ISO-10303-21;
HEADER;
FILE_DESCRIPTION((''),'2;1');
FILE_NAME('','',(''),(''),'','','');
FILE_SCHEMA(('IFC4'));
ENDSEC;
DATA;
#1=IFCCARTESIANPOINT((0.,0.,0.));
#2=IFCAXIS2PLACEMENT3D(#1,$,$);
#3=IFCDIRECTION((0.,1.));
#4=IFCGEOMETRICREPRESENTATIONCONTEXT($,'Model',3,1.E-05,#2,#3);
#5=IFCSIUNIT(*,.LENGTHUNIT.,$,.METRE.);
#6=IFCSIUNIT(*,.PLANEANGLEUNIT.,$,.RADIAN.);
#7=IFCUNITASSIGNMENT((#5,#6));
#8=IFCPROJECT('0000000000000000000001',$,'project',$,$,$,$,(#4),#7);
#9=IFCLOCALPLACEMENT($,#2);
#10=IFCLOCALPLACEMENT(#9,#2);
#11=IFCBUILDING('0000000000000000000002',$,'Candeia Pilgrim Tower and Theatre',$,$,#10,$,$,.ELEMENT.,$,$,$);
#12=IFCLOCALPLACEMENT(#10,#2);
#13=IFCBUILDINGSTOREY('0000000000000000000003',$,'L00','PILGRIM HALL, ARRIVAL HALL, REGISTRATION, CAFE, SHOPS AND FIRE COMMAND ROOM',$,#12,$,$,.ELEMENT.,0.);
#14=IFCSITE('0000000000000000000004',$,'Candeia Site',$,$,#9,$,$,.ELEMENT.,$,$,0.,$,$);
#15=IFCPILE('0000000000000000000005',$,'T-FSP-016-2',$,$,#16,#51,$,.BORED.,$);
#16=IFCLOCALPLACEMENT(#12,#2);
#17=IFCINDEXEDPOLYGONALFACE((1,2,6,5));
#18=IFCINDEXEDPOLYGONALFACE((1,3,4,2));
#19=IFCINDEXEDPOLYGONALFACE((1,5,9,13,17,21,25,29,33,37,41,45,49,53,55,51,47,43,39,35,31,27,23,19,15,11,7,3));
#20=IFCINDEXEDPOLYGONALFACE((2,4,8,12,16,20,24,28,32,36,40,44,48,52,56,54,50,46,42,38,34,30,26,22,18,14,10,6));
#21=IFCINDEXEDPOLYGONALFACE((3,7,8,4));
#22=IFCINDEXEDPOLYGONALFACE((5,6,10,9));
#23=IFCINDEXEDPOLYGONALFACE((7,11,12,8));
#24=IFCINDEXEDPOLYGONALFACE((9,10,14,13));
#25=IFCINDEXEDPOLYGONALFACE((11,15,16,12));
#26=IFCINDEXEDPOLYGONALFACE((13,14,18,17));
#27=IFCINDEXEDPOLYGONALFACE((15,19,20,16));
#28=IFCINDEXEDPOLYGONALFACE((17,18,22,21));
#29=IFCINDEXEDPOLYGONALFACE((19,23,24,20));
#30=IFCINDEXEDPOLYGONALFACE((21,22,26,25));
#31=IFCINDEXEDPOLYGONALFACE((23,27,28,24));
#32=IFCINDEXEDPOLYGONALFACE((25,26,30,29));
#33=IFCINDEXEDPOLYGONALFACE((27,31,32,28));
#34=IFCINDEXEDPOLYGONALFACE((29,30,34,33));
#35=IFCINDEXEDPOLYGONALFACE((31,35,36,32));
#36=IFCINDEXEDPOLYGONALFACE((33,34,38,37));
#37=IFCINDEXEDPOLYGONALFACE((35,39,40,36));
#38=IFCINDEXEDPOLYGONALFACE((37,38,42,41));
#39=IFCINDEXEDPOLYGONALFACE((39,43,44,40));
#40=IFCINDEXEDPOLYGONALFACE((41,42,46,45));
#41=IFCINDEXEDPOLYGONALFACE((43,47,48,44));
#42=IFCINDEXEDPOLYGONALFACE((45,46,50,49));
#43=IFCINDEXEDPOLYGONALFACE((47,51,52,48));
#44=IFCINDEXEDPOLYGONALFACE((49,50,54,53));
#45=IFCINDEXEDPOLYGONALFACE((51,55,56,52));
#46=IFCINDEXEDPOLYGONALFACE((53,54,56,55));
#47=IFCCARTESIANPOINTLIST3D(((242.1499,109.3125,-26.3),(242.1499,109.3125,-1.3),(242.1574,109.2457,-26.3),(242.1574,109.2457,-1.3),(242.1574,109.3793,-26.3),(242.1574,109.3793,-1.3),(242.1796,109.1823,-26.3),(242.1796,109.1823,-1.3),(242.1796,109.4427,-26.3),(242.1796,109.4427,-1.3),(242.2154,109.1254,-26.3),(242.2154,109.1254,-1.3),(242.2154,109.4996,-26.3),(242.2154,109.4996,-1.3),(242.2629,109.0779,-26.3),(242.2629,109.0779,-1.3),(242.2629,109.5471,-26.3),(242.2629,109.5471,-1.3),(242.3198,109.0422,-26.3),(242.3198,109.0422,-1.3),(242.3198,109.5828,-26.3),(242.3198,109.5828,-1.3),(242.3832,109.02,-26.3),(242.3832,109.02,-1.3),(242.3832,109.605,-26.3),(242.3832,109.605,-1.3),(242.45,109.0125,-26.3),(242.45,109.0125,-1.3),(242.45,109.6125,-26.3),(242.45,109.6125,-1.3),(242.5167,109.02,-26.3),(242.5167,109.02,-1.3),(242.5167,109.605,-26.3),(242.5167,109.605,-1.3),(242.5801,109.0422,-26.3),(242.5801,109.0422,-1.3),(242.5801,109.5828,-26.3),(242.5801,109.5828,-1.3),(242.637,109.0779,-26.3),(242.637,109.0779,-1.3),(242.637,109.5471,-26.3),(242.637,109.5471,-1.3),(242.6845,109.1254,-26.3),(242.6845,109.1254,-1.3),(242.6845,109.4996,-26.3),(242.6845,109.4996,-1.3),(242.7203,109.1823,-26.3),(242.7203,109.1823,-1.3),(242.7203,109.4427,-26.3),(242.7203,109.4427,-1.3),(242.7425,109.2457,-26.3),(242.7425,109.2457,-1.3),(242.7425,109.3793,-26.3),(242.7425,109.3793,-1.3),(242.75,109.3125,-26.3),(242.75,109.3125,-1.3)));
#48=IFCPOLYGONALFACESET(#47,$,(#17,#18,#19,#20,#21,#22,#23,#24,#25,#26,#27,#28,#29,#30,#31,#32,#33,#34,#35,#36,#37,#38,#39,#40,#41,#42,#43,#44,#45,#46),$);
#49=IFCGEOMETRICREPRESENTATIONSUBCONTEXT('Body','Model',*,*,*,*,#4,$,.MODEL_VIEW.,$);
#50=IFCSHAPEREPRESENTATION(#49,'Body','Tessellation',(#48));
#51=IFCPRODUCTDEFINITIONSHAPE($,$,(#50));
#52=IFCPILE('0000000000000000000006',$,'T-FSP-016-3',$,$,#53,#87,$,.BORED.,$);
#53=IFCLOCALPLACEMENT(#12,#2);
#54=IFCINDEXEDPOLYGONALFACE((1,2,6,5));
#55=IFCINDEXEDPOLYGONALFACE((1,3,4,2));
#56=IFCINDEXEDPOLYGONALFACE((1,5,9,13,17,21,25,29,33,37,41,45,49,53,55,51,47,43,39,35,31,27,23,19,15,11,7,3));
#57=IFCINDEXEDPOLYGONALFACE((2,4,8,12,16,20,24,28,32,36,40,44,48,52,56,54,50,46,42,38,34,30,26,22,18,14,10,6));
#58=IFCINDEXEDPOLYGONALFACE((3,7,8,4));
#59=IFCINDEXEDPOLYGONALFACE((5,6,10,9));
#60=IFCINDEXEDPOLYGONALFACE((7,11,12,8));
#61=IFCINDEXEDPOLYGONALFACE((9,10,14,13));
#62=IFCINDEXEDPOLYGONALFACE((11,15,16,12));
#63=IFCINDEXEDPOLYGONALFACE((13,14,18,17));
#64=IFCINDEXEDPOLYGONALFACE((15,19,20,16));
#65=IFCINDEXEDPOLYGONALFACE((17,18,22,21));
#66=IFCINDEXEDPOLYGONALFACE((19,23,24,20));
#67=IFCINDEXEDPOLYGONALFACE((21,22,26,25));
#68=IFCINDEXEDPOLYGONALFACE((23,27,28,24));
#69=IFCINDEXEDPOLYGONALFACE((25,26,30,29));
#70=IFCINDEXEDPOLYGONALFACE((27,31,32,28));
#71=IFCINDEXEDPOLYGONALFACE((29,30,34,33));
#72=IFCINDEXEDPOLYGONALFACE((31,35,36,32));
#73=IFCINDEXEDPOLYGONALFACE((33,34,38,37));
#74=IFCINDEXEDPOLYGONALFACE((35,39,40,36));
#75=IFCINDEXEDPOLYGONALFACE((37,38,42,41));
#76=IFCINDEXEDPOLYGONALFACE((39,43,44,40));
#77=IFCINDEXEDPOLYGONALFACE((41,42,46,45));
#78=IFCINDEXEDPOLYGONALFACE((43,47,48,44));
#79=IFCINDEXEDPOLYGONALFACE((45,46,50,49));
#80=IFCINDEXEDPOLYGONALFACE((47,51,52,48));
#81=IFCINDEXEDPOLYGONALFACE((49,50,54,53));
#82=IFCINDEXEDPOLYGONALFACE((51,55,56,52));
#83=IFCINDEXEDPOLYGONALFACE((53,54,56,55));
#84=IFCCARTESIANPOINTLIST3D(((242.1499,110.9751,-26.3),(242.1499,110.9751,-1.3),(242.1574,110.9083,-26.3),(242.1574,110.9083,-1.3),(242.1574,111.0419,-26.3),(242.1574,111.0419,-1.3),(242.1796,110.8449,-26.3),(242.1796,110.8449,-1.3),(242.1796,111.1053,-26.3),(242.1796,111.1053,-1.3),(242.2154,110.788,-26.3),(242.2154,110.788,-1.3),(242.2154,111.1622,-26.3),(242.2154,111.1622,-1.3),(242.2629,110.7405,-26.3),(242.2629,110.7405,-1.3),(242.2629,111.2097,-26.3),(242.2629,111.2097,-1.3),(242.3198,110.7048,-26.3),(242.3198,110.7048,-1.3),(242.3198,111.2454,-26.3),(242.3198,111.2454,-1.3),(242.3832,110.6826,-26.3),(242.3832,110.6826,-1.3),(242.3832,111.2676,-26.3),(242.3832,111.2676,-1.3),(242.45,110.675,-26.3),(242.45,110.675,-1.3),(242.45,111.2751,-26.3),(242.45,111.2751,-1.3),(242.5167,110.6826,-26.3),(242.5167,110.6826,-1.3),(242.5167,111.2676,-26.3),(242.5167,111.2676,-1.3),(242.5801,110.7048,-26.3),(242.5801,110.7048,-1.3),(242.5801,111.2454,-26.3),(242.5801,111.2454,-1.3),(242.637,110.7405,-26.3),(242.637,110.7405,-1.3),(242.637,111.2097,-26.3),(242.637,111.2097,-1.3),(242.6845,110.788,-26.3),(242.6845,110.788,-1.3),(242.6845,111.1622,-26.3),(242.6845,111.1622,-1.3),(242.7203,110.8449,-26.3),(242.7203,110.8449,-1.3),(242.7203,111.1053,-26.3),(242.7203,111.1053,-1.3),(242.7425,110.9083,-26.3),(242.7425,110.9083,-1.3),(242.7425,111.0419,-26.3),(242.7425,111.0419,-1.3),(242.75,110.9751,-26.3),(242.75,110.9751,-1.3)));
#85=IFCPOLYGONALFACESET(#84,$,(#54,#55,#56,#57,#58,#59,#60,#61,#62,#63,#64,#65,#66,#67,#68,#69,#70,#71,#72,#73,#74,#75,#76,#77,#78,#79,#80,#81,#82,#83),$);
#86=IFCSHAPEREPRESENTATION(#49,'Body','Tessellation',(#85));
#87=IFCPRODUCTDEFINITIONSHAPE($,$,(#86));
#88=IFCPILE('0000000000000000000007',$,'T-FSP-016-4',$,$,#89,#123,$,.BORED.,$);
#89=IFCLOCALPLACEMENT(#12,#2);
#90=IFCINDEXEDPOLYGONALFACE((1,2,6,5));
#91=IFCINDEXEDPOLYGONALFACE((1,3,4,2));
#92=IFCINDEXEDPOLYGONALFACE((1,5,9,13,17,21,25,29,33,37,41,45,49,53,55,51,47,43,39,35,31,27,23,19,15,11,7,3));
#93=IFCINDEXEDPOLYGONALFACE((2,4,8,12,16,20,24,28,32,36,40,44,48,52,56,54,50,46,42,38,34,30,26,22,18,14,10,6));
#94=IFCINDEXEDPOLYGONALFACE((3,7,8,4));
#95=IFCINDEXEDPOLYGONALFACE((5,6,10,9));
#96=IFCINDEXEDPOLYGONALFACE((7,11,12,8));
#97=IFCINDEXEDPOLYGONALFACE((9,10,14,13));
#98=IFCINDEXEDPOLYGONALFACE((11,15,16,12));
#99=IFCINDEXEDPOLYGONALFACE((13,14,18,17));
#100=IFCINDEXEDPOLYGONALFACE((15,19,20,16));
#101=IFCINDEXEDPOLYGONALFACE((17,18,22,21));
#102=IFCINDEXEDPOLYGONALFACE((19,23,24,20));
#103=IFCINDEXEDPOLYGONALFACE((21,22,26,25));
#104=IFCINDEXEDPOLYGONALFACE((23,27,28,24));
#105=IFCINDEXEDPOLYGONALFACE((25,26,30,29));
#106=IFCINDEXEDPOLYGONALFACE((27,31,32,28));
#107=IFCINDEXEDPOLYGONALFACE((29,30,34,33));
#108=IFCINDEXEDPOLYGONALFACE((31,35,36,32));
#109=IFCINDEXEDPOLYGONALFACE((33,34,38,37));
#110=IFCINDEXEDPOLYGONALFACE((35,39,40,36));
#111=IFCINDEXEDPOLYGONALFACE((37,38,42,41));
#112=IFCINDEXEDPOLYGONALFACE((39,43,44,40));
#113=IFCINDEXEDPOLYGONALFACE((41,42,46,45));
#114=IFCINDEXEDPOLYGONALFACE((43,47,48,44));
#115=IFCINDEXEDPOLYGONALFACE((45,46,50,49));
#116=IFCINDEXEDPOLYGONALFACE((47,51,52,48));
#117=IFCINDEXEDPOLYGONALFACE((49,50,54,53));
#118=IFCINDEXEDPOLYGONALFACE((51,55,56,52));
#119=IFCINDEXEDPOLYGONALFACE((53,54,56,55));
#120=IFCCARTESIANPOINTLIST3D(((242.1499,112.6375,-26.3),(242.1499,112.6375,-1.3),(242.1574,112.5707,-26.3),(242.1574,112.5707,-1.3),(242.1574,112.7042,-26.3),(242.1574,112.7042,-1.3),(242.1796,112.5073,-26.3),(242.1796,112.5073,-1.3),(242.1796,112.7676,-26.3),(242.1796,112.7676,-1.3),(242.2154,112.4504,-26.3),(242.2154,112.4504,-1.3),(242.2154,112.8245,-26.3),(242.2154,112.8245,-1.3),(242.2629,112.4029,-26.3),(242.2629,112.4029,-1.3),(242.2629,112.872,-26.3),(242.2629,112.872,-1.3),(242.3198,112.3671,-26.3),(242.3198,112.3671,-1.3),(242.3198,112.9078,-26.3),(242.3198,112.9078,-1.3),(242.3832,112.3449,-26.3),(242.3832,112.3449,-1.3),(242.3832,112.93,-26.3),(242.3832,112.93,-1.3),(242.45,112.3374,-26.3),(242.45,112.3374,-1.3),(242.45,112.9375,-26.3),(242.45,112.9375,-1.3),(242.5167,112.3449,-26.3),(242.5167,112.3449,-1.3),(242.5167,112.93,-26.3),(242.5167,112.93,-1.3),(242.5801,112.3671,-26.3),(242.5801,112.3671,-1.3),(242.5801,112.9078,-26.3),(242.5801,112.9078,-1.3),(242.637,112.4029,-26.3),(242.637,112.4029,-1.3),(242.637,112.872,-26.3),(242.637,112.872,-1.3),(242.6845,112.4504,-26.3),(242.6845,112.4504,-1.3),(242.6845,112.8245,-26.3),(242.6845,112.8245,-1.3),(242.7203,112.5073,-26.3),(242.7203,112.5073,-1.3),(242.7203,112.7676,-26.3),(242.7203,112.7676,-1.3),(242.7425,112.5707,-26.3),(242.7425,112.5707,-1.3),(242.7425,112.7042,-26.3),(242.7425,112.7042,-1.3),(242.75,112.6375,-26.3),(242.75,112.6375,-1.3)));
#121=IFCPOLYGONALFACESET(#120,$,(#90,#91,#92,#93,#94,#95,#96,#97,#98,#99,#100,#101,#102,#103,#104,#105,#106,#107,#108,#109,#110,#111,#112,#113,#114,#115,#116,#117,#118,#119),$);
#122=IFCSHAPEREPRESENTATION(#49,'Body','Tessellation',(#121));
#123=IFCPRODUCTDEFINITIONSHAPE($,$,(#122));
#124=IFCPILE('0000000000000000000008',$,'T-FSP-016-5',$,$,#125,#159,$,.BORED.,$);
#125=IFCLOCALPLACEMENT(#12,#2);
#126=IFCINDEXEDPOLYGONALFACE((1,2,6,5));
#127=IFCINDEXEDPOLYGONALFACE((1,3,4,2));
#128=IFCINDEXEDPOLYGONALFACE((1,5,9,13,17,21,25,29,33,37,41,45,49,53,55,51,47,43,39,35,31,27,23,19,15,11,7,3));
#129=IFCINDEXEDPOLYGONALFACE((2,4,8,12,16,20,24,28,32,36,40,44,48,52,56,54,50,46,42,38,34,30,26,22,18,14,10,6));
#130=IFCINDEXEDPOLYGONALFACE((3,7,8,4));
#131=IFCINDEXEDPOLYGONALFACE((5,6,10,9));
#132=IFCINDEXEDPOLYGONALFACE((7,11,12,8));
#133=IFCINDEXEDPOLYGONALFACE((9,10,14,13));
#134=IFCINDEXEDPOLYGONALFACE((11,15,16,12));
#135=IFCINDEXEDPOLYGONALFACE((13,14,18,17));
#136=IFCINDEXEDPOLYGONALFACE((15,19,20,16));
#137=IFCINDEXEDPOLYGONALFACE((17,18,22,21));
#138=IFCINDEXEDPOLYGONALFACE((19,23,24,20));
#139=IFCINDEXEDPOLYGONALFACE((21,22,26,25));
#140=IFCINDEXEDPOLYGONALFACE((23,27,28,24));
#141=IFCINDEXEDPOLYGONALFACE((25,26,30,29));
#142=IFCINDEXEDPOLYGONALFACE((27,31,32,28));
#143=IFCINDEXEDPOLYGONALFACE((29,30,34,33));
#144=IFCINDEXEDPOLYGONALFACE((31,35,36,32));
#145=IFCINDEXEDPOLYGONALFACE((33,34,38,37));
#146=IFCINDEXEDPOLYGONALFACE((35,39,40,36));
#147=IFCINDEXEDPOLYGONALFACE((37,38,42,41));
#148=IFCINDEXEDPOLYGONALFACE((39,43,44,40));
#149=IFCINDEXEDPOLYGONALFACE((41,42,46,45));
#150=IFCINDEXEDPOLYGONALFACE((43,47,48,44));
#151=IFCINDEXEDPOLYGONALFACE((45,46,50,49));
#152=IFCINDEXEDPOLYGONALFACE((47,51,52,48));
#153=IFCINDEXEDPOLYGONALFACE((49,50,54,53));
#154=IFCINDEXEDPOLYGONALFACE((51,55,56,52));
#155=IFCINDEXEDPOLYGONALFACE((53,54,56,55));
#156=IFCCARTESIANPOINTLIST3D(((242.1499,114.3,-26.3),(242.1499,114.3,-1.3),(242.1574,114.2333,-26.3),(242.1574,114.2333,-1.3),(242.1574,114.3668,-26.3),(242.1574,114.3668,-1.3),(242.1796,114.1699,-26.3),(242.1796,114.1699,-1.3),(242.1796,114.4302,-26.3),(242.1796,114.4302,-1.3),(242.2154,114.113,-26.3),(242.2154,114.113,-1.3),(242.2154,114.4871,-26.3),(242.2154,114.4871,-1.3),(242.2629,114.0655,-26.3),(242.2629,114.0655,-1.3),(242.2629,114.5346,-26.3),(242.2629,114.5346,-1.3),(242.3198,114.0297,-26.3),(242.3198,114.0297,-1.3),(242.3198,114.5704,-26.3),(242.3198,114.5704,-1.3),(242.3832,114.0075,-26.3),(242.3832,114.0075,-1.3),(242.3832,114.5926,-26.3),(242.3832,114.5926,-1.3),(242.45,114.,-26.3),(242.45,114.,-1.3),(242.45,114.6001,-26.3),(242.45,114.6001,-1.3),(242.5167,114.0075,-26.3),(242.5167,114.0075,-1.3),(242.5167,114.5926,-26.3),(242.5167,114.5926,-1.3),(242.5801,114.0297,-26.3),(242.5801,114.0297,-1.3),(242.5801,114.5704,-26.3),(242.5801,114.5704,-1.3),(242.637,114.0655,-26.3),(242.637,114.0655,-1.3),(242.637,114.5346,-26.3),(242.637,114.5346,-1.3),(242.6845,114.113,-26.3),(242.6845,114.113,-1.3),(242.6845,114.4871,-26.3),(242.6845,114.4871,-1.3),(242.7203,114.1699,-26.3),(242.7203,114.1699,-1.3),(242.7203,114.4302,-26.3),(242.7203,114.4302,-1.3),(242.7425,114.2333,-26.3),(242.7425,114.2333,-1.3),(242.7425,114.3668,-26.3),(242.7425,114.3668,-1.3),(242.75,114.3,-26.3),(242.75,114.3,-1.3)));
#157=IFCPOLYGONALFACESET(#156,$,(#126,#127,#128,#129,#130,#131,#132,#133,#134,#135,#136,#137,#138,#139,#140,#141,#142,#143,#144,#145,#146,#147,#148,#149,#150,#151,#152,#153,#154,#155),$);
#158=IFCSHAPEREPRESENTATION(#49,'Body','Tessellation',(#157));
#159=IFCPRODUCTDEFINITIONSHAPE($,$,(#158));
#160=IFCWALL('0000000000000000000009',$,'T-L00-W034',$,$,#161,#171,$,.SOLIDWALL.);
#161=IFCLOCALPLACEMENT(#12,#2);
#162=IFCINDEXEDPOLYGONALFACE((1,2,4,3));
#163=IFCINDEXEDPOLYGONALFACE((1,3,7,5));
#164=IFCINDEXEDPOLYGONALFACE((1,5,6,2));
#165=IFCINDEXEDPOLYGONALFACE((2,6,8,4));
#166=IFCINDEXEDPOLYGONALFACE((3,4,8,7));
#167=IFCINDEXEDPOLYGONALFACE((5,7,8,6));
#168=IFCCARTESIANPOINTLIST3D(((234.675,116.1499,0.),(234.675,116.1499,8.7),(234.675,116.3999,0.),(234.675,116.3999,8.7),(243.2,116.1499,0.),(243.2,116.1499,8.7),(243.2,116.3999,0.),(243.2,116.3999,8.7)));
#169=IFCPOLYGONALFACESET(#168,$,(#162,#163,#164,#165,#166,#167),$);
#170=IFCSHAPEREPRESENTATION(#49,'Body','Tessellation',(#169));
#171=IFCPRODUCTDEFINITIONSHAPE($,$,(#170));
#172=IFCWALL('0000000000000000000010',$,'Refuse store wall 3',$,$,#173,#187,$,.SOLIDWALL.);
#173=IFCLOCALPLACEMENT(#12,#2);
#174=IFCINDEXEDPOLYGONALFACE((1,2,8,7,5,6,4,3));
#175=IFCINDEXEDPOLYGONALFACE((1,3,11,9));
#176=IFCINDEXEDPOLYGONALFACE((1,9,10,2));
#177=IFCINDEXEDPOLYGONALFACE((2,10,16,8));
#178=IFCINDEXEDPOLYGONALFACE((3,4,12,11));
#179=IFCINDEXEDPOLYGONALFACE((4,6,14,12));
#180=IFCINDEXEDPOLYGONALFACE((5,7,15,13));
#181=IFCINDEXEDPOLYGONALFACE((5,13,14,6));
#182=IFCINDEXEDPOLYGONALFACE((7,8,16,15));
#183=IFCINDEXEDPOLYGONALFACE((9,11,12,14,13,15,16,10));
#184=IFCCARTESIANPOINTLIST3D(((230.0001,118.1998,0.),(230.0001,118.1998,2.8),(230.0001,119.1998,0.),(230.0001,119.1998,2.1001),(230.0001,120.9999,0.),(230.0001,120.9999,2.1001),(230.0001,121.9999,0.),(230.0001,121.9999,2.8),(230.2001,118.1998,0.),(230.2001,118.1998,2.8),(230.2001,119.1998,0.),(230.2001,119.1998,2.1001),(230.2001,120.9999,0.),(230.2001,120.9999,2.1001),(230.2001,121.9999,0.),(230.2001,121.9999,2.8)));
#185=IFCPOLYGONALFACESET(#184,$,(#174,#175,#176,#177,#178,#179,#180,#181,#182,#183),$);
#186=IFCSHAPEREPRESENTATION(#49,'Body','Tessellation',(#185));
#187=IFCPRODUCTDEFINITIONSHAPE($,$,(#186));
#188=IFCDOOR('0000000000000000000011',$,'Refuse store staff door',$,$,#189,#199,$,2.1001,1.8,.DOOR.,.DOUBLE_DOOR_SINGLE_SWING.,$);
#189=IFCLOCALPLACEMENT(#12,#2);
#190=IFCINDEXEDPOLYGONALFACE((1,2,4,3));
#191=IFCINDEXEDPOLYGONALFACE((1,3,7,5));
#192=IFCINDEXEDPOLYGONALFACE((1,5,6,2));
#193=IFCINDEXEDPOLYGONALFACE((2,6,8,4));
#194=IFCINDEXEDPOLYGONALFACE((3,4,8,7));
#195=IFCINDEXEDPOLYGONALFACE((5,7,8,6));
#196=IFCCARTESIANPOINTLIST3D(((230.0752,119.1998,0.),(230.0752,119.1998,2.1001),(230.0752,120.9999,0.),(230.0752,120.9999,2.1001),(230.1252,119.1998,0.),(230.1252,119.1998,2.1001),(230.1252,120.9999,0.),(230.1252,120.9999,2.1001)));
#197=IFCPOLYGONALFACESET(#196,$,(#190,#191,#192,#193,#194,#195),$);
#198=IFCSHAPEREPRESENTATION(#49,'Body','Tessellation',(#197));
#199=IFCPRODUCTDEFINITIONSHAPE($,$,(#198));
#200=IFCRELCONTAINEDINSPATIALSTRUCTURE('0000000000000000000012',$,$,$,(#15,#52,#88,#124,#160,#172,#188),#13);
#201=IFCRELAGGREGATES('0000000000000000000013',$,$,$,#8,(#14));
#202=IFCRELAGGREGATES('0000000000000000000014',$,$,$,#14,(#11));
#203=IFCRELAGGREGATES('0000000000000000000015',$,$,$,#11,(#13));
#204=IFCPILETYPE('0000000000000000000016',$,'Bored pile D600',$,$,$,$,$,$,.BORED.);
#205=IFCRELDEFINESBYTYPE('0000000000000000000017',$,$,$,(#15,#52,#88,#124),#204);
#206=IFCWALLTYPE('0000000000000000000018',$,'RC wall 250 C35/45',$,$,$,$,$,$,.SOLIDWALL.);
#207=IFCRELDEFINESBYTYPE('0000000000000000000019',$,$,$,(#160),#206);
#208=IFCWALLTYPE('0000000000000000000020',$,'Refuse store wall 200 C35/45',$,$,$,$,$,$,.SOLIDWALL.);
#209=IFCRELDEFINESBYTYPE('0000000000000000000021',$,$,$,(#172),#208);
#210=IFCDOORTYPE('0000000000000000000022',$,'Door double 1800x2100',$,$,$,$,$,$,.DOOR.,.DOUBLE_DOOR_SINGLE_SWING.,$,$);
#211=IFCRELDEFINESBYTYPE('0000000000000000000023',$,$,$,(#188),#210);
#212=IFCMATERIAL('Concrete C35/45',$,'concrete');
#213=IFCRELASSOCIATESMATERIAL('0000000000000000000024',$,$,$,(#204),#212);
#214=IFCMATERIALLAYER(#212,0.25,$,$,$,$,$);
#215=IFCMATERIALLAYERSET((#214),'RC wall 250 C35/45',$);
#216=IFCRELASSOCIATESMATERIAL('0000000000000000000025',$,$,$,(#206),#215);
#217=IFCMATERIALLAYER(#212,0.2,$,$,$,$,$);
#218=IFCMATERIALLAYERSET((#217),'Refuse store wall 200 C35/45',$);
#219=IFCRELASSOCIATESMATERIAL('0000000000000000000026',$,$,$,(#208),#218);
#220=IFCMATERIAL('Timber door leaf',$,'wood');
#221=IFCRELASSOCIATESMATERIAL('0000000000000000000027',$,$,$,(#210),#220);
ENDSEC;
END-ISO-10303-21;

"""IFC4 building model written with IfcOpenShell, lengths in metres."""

from ifc_helpers import new_model, si_unit, direction, frame, frame_2d, origin, origin_2d, place, context, subcontext, project, spatial, rectangle, circle, extrude, material, layer, layer_set, type_object, element, fill, save


model = new_model("IFC4")

# Units and contexts
model_context = context("Model", 3, precision=1e-05, world=origin(), true_north=direction((0.0, 1.0)))
body_context = subcontext(model_context, "Body", "Model", "MODEL_VIEW")
ifc_project = project(units=[si_unit("LENGTHUNIT", "METRE"), si_unit("PLANEANGLEUNIT", "RADIAN")], contexts=[model_context])

# Site, building, storey
site_placement = place(None, origin())
site = spatial("IfcSite", under=ifc_project, at=site_placement, Name="Candeia Site", CompositionType="ELEMENT", RefElevation=0.0)
building_placement = place(site_placement, origin())
building = spatial("IfcBuilding", under=site, at=building_placement, Name="Candeia Pilgrim Tower and Theatre", CompositionType="ELEMENT")
storey_placement = place(building_placement, origin())
storey = spatial("IfcBuildingStorey", under=building, at=storey_placement, Name="L00", Description="PILGRIM HALL, ARRIVAL HALL, REGISTRATION, CAFE, SHOPS AND FIRE COMMAND ROOM", CompositionType="ELEMENT", Elevation=0.0)

# Piles
ifc_material_1 = material(Name="Concrete C35/45", Category="concrete")
pile_type = type_object("IfcPileType", Name="Bored pile D600", PredefinedType="BORED", material=ifc_material_1)
for number, where, z_axis, x_axis, name in (
    (1, (242.45, 109.3125, -1.3), (0.0, 0.0, -1.0), (1.0, 0.0, 0.0), "T-FSP-016-2"),
    (2, (242.45, 110.9751, -1.3), (0.0, 0.0, -1.0), (1.0, 0.0, 0.0), "T-FSP-016-3"),
    (3, (242.45, 112.6375, -1.3), (0.0, 0.0, -1.0), (1.0, 0.0, 0.0), "T-FSP-016-4"),
    (4, (242.45, 114.3, -1.3), (0.0, 0.0, -1.0), (1.0, 0.0, 0.0), "T-FSP-016-5"),
):
    element("IfcPile", number, at=place(storey_placement, frame(where, z_axis=z_axis, x_axis=x_axis)), inside=storey, type_object=pile_type, Name=name, PredefinedType="BORED", context=body_context, shape_type="SweptSolid", body=[
        extrude(circle(Radius=0.3, at=origin_2d()), origin(), (0.0, 0.0, 1.0), 25.0),
    ])

# Wall
ifc_layer_1 = layer(ifc_material_1, 0.25)
ifc_layer_set_1 = layer_set([ifc_layer_1], Name="RC wall 250 C35/45")
wall_type_1 = type_object("IfcWallType", Name="RC wall 250 C35/45", PredefinedType="SOLIDWALL", material=ifc_layer_set_1)
wall_1_placement = place(storey_placement, frame((234.675, 116.2749, 0.0), z_axis=(0.0, 0.0, 1.0), x_axis=(1.0, 0.0, 0.0)))
element("IfcWall", 5, at=wall_1_placement, inside=storey, type_object=wall_type_1, Name="T-L00-W034", PredefinedType="SOLIDWALL", context=body_context, shape_type="SweptSolid", body=[
    extrude(rectangle(XDim=8.5249, YDim=0.25, at=frame_2d((4.2625, 0.0))), origin(), (0.0, 0.0, 1.0), 8.7),
])

# Wall, opening, door
ifc_layer_2 = layer(ifc_material_1, 0.2)
ifc_layer_set_2 = layer_set([ifc_layer_2], Name="Refuse store wall 200 C35/45")
wall_type_2 = type_object("IfcWallType", Name="Refuse store wall 200 C35/45", PredefinedType="SOLIDWALL", material=ifc_layer_set_2)
wall_2_placement = place(storey_placement, frame((230.1001, 118.2, 0.0), z_axis=(0.0, 0.0, 1.0), x_axis=(0.0, 1.0, 0.0)))
wall_2 = element("IfcWall", 6, at=wall_2_placement, inside=storey, type_object=wall_type_2, Name="Refuse store wall 3", PredefinedType="SOLIDWALL", context=body_context, shape_type="SweptSolid", body=[
    extrude(rectangle(XDim=3.8, YDim=0.2, at=frame_2d((1.8999, 0.0))), origin(), (0.0, 0.0, 1.0), 2.8),
])
opening_placement = place(wall_2_placement, frame((1.0, 0.0, 0.0)))
opening = element("IfcOpeningElement", 7, at=opening_placement, cuts=wall_2, PredefinedType="OPENING", context=body_context, shape_type="SweptSolid", body=[
    extrude(rectangle(XDim=1.8, YDim=2.1001, at=frame_2d((0.8999, 1.05))), frame((0.0, 0.1099, 0.0), z_axis=(0.0, -1.0, 0.0), x_axis=(1.0, 0.0, 0.0)), (0.0, 0.0, 1.0), 0.22),
])
ifc_material_2 = material(Name="Timber door leaf", Category="wood")
door_type = type_object("IfcDoorType", Name="Door double 1800x2100", OperationType="DOUBLE_DOOR_SINGLE_SWING", PredefinedType="DOOR", material=ifc_material_2)
door_placement = place(opening_placement, origin())
door = element("IfcDoor", 8, at=door_placement, inside=storey, type_object=door_type, Name="Refuse store staff door", OperationType="DOUBLE_DOOR_SINGLE_SWING", OverallHeight=2.1001, OverallWidth=1.8, PredefinedType="DOOR", context=body_context, shape_type="SweptSolid", body=[
    extrude(rectangle(XDim=1.8, YDim=2.1001, at=frame_2d((0.8999, 1.05))), frame((0.0, 0.0249, 0.0), z_axis=(0.0, -1.0, 0.0), x_axis=(1.0, 0.0, 0.0)), (0.0, 0.0, 1.0), 0.05),
])
fill(opening, door)

save(model, "model.ifc")
